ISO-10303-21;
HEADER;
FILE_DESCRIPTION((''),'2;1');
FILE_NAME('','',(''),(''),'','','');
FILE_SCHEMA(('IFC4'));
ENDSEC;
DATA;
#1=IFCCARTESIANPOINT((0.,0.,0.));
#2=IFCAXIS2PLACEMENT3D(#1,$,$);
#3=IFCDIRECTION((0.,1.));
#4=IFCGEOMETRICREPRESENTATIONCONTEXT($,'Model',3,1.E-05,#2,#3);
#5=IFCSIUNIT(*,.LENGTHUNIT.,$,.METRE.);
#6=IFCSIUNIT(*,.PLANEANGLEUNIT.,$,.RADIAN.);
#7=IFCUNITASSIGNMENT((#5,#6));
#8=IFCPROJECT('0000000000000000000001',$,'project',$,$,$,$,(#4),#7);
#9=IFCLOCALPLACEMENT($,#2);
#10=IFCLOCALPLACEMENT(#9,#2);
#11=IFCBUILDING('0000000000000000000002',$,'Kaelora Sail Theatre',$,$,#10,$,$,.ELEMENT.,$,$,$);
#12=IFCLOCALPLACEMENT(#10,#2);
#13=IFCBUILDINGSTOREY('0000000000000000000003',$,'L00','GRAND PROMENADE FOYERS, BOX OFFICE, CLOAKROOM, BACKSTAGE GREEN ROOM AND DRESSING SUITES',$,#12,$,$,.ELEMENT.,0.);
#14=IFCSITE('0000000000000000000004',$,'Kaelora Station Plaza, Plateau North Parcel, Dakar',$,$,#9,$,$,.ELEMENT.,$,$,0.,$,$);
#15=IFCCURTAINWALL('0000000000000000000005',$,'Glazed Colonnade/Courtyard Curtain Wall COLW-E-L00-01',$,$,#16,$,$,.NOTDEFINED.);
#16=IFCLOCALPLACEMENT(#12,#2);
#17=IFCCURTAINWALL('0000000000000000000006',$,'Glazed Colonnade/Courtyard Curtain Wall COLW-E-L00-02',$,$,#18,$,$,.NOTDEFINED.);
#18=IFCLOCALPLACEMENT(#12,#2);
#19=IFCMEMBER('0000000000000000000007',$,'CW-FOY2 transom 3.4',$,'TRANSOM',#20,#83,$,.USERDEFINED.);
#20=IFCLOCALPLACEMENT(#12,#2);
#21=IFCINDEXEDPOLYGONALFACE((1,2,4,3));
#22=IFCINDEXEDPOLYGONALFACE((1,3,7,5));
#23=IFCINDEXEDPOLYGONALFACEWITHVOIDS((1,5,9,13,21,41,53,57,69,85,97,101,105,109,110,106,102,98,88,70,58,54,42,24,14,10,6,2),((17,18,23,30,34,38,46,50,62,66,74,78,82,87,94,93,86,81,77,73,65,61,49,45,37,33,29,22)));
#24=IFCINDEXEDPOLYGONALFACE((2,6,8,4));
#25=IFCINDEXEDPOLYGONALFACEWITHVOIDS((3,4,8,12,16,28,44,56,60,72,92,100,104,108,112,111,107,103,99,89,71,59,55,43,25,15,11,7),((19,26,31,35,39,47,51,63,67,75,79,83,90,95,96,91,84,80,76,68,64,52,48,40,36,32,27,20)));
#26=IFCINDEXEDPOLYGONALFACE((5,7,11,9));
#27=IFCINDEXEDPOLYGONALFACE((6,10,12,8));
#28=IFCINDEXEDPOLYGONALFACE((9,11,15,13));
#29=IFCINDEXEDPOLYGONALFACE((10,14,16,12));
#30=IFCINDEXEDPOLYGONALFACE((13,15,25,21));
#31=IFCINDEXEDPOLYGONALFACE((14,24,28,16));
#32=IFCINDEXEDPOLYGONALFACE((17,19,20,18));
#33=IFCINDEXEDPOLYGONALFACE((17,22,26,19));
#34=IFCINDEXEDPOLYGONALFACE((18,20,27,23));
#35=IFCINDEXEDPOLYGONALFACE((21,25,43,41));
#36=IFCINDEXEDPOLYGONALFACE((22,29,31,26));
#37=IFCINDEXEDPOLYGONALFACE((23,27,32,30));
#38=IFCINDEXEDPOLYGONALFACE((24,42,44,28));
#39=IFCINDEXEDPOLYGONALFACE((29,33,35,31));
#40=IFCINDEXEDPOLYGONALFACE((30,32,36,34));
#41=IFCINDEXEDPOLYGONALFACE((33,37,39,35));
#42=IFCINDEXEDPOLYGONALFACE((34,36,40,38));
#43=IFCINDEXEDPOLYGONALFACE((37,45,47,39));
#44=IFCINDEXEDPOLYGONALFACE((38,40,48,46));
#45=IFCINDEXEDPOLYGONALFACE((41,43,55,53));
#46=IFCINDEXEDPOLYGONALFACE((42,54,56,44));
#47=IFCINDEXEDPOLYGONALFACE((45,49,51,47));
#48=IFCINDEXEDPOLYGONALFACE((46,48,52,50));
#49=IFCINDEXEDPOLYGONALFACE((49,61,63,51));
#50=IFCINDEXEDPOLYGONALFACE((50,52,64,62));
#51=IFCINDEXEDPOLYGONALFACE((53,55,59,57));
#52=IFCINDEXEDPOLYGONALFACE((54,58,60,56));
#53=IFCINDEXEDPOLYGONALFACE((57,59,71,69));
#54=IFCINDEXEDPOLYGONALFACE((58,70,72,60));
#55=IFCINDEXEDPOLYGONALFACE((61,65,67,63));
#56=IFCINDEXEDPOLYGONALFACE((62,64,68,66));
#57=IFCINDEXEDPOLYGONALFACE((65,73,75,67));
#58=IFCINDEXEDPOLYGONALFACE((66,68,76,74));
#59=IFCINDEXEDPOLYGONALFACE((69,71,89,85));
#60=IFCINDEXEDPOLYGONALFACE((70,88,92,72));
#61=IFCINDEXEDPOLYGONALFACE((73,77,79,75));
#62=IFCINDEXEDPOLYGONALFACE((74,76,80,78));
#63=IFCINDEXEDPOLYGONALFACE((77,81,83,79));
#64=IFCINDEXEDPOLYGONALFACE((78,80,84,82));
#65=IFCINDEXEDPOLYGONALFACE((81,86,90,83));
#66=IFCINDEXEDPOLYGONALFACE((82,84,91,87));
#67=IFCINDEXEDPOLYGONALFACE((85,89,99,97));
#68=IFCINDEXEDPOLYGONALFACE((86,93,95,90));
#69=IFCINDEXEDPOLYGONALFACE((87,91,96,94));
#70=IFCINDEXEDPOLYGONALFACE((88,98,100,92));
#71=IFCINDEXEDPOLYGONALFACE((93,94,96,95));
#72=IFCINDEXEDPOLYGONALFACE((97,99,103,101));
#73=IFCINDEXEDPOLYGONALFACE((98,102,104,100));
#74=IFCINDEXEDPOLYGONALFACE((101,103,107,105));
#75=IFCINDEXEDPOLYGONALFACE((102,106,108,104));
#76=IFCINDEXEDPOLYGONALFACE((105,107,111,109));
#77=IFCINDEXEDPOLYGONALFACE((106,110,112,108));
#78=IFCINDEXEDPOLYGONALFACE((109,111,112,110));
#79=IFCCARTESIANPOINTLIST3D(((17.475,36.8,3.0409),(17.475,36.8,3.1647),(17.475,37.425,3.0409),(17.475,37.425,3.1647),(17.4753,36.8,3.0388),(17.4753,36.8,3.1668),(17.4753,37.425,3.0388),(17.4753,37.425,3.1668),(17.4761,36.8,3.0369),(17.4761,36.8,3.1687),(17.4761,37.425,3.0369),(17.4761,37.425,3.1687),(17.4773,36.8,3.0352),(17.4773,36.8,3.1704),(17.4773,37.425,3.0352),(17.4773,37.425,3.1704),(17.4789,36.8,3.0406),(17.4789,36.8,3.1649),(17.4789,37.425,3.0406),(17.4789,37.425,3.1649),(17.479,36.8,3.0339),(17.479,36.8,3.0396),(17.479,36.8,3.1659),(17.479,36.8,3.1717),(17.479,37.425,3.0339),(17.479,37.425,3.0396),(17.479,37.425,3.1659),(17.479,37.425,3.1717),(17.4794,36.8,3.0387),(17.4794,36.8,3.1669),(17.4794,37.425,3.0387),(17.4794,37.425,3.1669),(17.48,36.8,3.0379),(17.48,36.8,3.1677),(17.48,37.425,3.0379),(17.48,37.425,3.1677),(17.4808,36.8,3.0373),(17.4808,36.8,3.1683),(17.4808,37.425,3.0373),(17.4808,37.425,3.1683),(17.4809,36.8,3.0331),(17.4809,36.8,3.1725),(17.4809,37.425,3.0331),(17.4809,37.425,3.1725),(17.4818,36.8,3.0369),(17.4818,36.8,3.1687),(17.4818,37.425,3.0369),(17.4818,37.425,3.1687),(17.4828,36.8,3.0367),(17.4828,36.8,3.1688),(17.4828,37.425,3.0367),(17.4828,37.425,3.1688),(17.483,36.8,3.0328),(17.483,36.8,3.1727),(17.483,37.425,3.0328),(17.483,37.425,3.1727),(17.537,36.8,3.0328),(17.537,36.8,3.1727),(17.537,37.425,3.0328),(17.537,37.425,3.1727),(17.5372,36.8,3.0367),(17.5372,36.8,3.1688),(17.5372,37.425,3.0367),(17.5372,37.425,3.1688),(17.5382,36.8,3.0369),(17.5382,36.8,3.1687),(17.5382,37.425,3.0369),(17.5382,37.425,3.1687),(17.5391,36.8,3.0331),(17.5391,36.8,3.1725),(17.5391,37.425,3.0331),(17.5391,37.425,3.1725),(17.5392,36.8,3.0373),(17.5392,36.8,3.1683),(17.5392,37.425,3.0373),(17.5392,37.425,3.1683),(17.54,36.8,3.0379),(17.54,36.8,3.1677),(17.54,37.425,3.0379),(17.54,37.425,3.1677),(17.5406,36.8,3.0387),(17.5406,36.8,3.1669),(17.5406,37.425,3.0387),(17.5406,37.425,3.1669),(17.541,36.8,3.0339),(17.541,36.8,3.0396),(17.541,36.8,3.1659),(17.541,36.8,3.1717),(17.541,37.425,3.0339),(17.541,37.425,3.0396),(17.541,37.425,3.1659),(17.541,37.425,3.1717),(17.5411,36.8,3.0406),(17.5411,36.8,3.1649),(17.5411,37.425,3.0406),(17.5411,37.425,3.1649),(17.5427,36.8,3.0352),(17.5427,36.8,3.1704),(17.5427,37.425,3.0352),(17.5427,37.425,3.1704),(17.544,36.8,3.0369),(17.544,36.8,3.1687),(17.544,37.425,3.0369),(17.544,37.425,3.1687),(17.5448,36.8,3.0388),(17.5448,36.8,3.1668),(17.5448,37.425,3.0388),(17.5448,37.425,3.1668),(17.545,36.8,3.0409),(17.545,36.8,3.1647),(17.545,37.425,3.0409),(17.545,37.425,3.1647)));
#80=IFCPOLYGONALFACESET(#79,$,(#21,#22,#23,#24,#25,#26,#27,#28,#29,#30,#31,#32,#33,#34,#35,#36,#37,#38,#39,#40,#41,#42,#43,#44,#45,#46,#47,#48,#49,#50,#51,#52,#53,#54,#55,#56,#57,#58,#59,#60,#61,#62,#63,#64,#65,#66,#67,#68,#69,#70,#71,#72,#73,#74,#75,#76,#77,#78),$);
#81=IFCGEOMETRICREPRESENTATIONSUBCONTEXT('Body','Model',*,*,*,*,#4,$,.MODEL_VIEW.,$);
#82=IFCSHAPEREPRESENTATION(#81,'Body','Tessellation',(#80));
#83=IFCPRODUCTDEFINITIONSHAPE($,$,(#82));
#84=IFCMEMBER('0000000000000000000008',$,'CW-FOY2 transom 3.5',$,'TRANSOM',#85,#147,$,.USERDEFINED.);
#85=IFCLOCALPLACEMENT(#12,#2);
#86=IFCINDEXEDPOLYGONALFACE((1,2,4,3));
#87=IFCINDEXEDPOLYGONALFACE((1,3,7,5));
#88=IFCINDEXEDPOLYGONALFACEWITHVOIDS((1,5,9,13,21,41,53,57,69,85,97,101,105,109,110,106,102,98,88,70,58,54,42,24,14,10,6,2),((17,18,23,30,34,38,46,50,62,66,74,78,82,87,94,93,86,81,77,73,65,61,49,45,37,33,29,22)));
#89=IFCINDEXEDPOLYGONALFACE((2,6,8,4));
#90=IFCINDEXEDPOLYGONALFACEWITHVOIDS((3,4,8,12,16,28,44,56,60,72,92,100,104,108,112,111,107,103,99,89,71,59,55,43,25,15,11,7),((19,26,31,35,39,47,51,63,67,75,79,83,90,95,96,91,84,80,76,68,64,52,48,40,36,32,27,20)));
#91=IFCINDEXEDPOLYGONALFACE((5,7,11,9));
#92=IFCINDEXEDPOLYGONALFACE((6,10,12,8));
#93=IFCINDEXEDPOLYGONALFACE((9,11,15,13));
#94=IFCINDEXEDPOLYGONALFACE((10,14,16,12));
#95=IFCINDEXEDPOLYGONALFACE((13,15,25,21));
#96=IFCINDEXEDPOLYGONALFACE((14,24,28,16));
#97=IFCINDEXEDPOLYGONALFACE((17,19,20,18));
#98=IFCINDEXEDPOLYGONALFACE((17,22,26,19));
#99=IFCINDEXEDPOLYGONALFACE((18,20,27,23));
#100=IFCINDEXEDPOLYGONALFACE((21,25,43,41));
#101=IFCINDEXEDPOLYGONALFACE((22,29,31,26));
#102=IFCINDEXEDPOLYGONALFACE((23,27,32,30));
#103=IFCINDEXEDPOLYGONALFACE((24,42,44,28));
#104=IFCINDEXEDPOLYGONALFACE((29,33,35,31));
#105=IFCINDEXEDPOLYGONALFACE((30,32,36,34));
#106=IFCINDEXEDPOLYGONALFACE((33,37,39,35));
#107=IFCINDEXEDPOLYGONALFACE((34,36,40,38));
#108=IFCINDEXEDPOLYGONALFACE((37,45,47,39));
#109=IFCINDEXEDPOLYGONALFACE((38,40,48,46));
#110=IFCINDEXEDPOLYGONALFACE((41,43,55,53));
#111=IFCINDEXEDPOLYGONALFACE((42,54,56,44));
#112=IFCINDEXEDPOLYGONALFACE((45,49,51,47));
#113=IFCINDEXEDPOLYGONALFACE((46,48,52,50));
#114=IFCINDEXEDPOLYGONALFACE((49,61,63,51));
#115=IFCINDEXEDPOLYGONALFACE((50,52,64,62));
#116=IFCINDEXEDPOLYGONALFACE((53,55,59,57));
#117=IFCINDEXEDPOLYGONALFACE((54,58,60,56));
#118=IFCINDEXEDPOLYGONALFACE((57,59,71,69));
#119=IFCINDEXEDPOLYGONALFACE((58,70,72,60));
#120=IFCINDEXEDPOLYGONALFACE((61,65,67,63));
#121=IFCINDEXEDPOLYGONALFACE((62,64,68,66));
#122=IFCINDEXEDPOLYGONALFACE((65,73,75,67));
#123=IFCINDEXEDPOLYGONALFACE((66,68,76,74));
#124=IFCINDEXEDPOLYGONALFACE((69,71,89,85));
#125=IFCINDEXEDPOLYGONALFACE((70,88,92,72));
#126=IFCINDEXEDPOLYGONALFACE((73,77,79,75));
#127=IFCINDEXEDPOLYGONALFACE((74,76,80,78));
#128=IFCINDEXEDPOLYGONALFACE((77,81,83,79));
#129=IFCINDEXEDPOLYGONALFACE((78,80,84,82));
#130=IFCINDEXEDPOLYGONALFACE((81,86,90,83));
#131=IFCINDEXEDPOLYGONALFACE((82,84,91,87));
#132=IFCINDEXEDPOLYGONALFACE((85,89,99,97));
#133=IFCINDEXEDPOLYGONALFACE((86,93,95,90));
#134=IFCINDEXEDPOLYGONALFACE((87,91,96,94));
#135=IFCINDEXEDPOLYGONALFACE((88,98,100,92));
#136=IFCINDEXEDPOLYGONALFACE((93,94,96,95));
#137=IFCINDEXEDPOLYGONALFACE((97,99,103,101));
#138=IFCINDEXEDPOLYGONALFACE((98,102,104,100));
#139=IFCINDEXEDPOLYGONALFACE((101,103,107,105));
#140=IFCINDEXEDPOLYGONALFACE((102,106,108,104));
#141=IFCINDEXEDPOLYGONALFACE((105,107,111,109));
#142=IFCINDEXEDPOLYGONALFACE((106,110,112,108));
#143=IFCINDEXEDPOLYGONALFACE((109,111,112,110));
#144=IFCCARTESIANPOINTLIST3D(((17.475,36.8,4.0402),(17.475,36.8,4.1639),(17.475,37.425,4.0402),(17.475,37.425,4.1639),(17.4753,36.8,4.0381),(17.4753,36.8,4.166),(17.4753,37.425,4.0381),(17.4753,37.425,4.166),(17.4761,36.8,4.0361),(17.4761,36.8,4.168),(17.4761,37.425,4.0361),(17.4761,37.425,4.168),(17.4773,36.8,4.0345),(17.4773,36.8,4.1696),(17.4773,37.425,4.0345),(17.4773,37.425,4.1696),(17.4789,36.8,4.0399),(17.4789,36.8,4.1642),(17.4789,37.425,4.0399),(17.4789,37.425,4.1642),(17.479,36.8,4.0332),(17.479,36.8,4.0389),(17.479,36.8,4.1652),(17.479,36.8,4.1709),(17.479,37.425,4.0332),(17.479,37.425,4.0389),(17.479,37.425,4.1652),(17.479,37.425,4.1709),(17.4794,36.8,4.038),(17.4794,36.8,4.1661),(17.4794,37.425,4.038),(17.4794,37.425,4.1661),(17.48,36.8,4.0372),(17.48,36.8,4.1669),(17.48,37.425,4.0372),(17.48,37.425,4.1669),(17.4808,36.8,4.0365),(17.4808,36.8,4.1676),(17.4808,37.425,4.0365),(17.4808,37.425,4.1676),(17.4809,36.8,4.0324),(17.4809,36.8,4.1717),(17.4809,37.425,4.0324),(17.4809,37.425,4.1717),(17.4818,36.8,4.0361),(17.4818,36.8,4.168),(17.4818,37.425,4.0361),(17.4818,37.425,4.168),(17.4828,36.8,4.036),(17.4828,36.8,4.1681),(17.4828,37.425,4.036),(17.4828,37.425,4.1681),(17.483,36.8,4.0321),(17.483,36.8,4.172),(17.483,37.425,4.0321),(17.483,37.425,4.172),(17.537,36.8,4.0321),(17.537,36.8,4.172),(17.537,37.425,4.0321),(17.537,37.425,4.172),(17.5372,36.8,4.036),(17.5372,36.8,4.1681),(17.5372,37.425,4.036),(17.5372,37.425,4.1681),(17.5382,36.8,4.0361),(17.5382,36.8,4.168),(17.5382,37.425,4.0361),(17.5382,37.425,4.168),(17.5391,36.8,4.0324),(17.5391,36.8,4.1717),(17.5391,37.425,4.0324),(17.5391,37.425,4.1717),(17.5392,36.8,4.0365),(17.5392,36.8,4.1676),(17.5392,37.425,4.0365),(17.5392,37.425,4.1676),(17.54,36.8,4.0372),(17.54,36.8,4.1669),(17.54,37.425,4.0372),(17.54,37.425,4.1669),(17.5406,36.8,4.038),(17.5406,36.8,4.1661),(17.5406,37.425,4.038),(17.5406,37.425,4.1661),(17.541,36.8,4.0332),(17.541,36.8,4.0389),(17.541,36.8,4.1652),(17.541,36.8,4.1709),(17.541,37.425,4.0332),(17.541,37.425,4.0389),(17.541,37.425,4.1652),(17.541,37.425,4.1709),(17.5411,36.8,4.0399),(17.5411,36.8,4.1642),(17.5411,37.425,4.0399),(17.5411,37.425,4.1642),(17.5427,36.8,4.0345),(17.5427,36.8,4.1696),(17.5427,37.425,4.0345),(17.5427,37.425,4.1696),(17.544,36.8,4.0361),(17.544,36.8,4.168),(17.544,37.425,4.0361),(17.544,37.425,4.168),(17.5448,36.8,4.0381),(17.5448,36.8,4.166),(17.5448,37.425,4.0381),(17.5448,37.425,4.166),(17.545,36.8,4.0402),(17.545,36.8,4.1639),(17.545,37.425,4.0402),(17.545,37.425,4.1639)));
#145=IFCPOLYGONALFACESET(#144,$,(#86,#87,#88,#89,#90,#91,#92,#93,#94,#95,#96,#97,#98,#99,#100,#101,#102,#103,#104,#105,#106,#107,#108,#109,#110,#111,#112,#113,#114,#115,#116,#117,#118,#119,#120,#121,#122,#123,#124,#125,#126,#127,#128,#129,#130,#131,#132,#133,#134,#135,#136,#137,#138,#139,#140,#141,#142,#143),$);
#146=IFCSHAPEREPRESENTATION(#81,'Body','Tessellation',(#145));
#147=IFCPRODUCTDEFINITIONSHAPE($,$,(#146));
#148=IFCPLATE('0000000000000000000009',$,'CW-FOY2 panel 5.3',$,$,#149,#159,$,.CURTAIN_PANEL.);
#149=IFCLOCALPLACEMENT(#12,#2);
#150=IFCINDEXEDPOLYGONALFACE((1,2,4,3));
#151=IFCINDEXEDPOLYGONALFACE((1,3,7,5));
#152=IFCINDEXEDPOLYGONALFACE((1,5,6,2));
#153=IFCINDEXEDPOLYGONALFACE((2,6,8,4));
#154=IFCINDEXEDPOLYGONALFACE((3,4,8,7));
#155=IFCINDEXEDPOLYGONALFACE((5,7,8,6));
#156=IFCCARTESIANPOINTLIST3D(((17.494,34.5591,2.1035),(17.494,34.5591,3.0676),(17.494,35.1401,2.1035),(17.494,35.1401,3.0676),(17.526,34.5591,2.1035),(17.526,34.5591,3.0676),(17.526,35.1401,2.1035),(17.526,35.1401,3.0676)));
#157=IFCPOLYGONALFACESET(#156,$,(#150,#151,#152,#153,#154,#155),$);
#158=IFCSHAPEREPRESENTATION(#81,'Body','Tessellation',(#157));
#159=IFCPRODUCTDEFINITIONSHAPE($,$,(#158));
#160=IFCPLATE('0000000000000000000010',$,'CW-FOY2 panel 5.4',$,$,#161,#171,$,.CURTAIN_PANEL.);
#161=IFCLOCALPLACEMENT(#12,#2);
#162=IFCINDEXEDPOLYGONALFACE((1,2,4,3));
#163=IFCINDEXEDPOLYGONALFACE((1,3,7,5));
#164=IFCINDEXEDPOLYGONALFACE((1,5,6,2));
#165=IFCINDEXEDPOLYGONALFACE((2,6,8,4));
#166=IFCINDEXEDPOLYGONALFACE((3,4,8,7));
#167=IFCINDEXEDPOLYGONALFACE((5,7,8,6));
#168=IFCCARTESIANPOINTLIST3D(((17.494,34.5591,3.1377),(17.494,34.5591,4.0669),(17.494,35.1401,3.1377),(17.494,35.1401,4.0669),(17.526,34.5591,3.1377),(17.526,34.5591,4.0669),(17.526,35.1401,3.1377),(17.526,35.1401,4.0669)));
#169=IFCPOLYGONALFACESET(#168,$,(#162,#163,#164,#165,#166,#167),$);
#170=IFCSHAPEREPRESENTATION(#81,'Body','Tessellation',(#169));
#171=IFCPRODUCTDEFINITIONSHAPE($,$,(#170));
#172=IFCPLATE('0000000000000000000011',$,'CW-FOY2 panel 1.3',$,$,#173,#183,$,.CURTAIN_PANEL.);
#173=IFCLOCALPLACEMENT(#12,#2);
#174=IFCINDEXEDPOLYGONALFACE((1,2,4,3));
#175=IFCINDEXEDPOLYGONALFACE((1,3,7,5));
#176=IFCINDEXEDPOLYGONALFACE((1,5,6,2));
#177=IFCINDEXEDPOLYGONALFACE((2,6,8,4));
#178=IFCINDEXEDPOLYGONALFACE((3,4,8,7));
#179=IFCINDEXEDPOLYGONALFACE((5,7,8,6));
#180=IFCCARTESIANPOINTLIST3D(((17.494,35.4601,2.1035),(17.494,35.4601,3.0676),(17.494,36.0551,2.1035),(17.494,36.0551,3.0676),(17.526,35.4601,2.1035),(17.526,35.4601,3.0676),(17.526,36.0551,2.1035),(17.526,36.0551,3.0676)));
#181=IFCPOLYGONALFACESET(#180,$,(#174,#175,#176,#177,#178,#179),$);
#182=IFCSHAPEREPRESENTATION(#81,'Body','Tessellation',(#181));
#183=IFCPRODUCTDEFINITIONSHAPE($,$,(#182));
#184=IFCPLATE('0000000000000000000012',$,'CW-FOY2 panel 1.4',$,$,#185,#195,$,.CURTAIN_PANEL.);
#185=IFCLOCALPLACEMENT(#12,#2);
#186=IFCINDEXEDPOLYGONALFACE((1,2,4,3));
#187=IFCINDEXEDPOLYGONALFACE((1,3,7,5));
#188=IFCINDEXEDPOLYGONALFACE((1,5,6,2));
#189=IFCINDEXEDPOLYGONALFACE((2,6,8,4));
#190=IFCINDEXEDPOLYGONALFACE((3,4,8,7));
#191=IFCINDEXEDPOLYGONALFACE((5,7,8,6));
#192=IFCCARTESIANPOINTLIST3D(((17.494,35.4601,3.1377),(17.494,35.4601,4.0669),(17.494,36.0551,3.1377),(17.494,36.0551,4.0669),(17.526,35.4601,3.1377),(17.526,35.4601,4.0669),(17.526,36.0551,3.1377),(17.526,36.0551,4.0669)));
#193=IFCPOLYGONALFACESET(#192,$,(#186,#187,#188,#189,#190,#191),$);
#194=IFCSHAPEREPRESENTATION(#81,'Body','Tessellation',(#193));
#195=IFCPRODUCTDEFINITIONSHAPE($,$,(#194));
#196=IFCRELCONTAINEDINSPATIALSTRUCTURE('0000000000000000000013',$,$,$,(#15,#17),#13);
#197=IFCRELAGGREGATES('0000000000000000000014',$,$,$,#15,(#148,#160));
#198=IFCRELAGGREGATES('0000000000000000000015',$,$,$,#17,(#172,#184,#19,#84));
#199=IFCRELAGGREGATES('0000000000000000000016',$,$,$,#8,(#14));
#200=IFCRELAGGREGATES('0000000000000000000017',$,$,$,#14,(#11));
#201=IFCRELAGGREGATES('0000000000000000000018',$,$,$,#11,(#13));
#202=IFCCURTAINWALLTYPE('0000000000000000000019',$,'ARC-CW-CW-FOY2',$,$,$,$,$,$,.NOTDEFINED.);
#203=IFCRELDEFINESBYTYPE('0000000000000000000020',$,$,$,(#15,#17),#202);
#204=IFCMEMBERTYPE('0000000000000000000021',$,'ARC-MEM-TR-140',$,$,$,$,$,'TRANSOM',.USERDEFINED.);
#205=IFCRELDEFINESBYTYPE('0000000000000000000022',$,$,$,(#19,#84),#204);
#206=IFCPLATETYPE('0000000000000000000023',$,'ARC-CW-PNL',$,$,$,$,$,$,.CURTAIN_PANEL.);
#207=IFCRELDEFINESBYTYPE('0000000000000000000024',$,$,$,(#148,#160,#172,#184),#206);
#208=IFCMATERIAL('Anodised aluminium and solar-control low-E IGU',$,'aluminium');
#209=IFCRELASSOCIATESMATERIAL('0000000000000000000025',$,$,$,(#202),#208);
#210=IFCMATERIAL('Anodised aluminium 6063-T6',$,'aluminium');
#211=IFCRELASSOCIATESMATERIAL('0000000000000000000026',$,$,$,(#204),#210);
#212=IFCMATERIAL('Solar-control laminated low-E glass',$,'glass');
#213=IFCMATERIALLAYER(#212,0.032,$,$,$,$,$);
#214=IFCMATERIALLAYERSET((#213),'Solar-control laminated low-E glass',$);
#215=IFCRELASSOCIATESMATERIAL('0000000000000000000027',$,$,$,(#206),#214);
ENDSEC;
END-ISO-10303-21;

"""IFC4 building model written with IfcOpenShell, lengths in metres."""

from ifc_helpers import new_model, si_unit, direction, frame, origin, origin_2d, place, context, subcontext, project, spatial, rectangle, hollow_rectangle, extrude, material, layer, layer_set, material_profile, profile_set, type_object, element, aggregate, save


model = new_model("IFC4")

# Units and contexts
model_context = context("Model", 3, precision=1e-05, world=origin(), true_north=direction((0.0, 1.0)))
body_context = subcontext(model_context, "Body", "Model", "MODEL_VIEW")
ifc_project = project(units=[si_unit("LENGTHUNIT", "METRE"), si_unit("PLANEANGLEUNIT", "RADIAN")], contexts=[model_context])

# Site, building, storey
site_placement = place(None, origin())
site = spatial("IfcSite", under=ifc_project, at=site_placement, Name="Kaelora Station Plaza, Plateau North Parcel, Dakar", CompositionType="ELEMENT", RefElevation=0.0)
building_placement = place(site_placement, origin())
building = spatial("IfcBuilding", under=site, at=building_placement, Name="Kaelora Sail Theatre", CompositionType="ELEMENT")
storey_placement = place(building_placement, origin())
storey = spatial("IfcBuildingStorey", under=building, at=storey_placement, Name="L00", Description="GRAND PROMENADE FOYERS, BOX OFFICE, CLOAKROOM, BACKSTAGE GREEN ROOM AND DRESSING SUITES", CompositionType="ELEMENT", Elevation=0.0)

# Curtain walls, members
ifc_material_1 = material(Name="Anodised aluminium and solar-control low-E IGU", Category="aluminium")
curtain_wall_type = type_object("IfcCurtainWallType", Name="ARC-CW-CW-FOY2", PredefinedType="NOTDEFINED", material=ifc_material_1)
curtain_wall_1_placement = place(storey_placement, origin())
curtain_wall_1 = element("IfcCurtainWall", 1, at=curtain_wall_1_placement, inside=storey, type_object=curtain_wall_type, Name="Glazed Colonnade/Courtyard Curtain Wall COLW-E-L00-01", PredefinedType="NOTDEFINED")
ifc_material_2 = material(Name="Anodised aluminium 6063-T6", Category="aluminium")
ifc_material_profile = material_profile(ifc_material_2, hollow_rectangle(XDim=0.0701, YDim=0.1399, WallThickness=0.0039, InnerFilletRadius=0.0039, OuterFilletRadius=0.0081, at=origin_2d()), Name="ALU-TRAN 70x140x4")
ifc_profile_set = profile_set([ifc_material_profile], Name="Anodised aluminium 6063-T6")
member_type = type_object("IfcMemberType", Name="ARC-MEM-TR-140", ElementType="TRANSOM", PredefinedType="USERDEFINED", material=ifc_profile_set)
curtain_wall_2_placement = place(storey_placement, origin())
curtain_wall_2 = element("IfcCurtainWall", 2, at=curtain_wall_2_placement, inside=storey, type_object=curtain_wall_type, Name="Glazed Colonnade/Courtyard Curtain Wall COLW-E-L00-02", PredefinedType="NOTDEFINED")
member_1_placement = place(storey_placement, frame((17.51, 36.8, 3.1028), z_axis=(0.0, 1.0, 0.0), x_axis=(-1.0, 0.0, 0.0)))
member_1 = element("IfcMember", 3, at=member_1_placement, type_object=member_type, Name="CW-FOY2 transom 3.4", ObjectType="TRANSOM", PredefinedType="USERDEFINED", context=body_context, shape_type="SweptSolid", body=[
    extrude(hollow_rectangle(XDim=0.0701, YDim=0.1399, WallThickness=0.0039, InnerFilletRadius=0.0039, OuterFilletRadius=0.0081, at=origin_2d()), origin(), (0.0, 0.0, 1.0), 0.625),
])
member_2_placement = place(storey_placement, frame((17.51, 36.8, 4.1021), z_axis=(0.0, 1.0, 0.0), x_axis=(-1.0, 0.0, 0.0)))
member_2 = element("IfcMember", 4, at=member_2_placement, type_object=member_type, Name="CW-FOY2 transom 3.5", ObjectType="TRANSOM", PredefinedType="USERDEFINED", context=body_context, shape_type="SweptSolid", body=[
    extrude(hollow_rectangle(XDim=0.0701, YDim=0.1399, WallThickness=0.0039, InnerFilletRadius=0.0039, OuterFilletRadius=0.0081, at=origin_2d()), origin(), (0.0, 0.0, 1.0), 0.625),
])

# Plates
ifc_material_3 = material(Name="Solar-control laminated low-E glass", Category="glass")
ifc_layer = layer(ifc_material_3, 0.032)
ifc_layer_set = layer_set([ifc_layer], Name="Solar-control laminated low-E glass")
plate_type = type_object("IfcPlateType", Name="ARC-CW-PNL", PredefinedType="CURTAIN_PANEL", material=ifc_layer_set)
plate_1_placement = place(storey_placement, frame((17.51, 34.8496, 2.1035), z_axis=(0.0, 0.0, 1.0), x_axis=(0.0, 1.0, 0.0)))
plate_1 = element("IfcPlate", 5, at=plate_1_placement, type_object=plate_type, Name="CW-FOY2 panel 5.3", PredefinedType="CURTAIN_PANEL", context=body_context, shape_type="SweptSolid", body=[
    extrude(rectangle(XDim=0.5811, YDim=0.032, at=origin_2d()), origin(), (0.0, 0.0, 1.0), 0.9641),
])
plate_2_placement = place(storey_placement, frame((17.51, 34.8496, 3.1377), z_axis=(0.0, 0.0, 1.0), x_axis=(0.0, 1.0, 0.0)))
plate_2 = element("IfcPlate", 6, at=plate_2_placement, type_object=plate_type, Name="CW-FOY2 panel 5.4", PredefinedType="CURTAIN_PANEL", context=body_context, shape_type="SweptSolid", body=[
    extrude(rectangle(XDim=0.5811, YDim=0.032, at=origin_2d()), origin(), (0.0, 0.0, 1.0), 0.9292),
])
aggregate(curtain_wall_1, [plate_1, plate_2])
plate_3_placement = place(storey_placement, frame((17.51, 35.7576, 2.1035), z_axis=(0.0, 0.0, 1.0), x_axis=(0.0, 1.0, 0.0)))
plate_3 = element("IfcPlate", 7, at=plate_3_placement, type_object=plate_type, Name="CW-FOY2 panel 1.3", PredefinedType="CURTAIN_PANEL", context=body_context, shape_type="SweptSolid", body=[
    extrude(rectangle(XDim=0.595, YDim=0.032, at=origin_2d()), origin(), (0.0, 0.0, 1.0), 0.9641),
])
plate_4_placement = place(storey_placement, frame((17.51, 35.7576, 3.1377), z_axis=(0.0, 0.0, 1.0), x_axis=(0.0, 1.0, 0.0)))
plate_4 = element("IfcPlate", 8, at=plate_4_placement, type_object=plate_type, Name="CW-FOY2 panel 1.4", PredefinedType="CURTAIN_PANEL", context=body_context, shape_type="SweptSolid", body=[
    extrude(rectangle(XDim=0.595, YDim=0.032, at=origin_2d()), origin(), (0.0, 0.0, 1.0), 0.9292),
])
aggregate(curtain_wall_2, [plate_3, plate_4, member_1, member_2])

save(model, "model.ifc")
